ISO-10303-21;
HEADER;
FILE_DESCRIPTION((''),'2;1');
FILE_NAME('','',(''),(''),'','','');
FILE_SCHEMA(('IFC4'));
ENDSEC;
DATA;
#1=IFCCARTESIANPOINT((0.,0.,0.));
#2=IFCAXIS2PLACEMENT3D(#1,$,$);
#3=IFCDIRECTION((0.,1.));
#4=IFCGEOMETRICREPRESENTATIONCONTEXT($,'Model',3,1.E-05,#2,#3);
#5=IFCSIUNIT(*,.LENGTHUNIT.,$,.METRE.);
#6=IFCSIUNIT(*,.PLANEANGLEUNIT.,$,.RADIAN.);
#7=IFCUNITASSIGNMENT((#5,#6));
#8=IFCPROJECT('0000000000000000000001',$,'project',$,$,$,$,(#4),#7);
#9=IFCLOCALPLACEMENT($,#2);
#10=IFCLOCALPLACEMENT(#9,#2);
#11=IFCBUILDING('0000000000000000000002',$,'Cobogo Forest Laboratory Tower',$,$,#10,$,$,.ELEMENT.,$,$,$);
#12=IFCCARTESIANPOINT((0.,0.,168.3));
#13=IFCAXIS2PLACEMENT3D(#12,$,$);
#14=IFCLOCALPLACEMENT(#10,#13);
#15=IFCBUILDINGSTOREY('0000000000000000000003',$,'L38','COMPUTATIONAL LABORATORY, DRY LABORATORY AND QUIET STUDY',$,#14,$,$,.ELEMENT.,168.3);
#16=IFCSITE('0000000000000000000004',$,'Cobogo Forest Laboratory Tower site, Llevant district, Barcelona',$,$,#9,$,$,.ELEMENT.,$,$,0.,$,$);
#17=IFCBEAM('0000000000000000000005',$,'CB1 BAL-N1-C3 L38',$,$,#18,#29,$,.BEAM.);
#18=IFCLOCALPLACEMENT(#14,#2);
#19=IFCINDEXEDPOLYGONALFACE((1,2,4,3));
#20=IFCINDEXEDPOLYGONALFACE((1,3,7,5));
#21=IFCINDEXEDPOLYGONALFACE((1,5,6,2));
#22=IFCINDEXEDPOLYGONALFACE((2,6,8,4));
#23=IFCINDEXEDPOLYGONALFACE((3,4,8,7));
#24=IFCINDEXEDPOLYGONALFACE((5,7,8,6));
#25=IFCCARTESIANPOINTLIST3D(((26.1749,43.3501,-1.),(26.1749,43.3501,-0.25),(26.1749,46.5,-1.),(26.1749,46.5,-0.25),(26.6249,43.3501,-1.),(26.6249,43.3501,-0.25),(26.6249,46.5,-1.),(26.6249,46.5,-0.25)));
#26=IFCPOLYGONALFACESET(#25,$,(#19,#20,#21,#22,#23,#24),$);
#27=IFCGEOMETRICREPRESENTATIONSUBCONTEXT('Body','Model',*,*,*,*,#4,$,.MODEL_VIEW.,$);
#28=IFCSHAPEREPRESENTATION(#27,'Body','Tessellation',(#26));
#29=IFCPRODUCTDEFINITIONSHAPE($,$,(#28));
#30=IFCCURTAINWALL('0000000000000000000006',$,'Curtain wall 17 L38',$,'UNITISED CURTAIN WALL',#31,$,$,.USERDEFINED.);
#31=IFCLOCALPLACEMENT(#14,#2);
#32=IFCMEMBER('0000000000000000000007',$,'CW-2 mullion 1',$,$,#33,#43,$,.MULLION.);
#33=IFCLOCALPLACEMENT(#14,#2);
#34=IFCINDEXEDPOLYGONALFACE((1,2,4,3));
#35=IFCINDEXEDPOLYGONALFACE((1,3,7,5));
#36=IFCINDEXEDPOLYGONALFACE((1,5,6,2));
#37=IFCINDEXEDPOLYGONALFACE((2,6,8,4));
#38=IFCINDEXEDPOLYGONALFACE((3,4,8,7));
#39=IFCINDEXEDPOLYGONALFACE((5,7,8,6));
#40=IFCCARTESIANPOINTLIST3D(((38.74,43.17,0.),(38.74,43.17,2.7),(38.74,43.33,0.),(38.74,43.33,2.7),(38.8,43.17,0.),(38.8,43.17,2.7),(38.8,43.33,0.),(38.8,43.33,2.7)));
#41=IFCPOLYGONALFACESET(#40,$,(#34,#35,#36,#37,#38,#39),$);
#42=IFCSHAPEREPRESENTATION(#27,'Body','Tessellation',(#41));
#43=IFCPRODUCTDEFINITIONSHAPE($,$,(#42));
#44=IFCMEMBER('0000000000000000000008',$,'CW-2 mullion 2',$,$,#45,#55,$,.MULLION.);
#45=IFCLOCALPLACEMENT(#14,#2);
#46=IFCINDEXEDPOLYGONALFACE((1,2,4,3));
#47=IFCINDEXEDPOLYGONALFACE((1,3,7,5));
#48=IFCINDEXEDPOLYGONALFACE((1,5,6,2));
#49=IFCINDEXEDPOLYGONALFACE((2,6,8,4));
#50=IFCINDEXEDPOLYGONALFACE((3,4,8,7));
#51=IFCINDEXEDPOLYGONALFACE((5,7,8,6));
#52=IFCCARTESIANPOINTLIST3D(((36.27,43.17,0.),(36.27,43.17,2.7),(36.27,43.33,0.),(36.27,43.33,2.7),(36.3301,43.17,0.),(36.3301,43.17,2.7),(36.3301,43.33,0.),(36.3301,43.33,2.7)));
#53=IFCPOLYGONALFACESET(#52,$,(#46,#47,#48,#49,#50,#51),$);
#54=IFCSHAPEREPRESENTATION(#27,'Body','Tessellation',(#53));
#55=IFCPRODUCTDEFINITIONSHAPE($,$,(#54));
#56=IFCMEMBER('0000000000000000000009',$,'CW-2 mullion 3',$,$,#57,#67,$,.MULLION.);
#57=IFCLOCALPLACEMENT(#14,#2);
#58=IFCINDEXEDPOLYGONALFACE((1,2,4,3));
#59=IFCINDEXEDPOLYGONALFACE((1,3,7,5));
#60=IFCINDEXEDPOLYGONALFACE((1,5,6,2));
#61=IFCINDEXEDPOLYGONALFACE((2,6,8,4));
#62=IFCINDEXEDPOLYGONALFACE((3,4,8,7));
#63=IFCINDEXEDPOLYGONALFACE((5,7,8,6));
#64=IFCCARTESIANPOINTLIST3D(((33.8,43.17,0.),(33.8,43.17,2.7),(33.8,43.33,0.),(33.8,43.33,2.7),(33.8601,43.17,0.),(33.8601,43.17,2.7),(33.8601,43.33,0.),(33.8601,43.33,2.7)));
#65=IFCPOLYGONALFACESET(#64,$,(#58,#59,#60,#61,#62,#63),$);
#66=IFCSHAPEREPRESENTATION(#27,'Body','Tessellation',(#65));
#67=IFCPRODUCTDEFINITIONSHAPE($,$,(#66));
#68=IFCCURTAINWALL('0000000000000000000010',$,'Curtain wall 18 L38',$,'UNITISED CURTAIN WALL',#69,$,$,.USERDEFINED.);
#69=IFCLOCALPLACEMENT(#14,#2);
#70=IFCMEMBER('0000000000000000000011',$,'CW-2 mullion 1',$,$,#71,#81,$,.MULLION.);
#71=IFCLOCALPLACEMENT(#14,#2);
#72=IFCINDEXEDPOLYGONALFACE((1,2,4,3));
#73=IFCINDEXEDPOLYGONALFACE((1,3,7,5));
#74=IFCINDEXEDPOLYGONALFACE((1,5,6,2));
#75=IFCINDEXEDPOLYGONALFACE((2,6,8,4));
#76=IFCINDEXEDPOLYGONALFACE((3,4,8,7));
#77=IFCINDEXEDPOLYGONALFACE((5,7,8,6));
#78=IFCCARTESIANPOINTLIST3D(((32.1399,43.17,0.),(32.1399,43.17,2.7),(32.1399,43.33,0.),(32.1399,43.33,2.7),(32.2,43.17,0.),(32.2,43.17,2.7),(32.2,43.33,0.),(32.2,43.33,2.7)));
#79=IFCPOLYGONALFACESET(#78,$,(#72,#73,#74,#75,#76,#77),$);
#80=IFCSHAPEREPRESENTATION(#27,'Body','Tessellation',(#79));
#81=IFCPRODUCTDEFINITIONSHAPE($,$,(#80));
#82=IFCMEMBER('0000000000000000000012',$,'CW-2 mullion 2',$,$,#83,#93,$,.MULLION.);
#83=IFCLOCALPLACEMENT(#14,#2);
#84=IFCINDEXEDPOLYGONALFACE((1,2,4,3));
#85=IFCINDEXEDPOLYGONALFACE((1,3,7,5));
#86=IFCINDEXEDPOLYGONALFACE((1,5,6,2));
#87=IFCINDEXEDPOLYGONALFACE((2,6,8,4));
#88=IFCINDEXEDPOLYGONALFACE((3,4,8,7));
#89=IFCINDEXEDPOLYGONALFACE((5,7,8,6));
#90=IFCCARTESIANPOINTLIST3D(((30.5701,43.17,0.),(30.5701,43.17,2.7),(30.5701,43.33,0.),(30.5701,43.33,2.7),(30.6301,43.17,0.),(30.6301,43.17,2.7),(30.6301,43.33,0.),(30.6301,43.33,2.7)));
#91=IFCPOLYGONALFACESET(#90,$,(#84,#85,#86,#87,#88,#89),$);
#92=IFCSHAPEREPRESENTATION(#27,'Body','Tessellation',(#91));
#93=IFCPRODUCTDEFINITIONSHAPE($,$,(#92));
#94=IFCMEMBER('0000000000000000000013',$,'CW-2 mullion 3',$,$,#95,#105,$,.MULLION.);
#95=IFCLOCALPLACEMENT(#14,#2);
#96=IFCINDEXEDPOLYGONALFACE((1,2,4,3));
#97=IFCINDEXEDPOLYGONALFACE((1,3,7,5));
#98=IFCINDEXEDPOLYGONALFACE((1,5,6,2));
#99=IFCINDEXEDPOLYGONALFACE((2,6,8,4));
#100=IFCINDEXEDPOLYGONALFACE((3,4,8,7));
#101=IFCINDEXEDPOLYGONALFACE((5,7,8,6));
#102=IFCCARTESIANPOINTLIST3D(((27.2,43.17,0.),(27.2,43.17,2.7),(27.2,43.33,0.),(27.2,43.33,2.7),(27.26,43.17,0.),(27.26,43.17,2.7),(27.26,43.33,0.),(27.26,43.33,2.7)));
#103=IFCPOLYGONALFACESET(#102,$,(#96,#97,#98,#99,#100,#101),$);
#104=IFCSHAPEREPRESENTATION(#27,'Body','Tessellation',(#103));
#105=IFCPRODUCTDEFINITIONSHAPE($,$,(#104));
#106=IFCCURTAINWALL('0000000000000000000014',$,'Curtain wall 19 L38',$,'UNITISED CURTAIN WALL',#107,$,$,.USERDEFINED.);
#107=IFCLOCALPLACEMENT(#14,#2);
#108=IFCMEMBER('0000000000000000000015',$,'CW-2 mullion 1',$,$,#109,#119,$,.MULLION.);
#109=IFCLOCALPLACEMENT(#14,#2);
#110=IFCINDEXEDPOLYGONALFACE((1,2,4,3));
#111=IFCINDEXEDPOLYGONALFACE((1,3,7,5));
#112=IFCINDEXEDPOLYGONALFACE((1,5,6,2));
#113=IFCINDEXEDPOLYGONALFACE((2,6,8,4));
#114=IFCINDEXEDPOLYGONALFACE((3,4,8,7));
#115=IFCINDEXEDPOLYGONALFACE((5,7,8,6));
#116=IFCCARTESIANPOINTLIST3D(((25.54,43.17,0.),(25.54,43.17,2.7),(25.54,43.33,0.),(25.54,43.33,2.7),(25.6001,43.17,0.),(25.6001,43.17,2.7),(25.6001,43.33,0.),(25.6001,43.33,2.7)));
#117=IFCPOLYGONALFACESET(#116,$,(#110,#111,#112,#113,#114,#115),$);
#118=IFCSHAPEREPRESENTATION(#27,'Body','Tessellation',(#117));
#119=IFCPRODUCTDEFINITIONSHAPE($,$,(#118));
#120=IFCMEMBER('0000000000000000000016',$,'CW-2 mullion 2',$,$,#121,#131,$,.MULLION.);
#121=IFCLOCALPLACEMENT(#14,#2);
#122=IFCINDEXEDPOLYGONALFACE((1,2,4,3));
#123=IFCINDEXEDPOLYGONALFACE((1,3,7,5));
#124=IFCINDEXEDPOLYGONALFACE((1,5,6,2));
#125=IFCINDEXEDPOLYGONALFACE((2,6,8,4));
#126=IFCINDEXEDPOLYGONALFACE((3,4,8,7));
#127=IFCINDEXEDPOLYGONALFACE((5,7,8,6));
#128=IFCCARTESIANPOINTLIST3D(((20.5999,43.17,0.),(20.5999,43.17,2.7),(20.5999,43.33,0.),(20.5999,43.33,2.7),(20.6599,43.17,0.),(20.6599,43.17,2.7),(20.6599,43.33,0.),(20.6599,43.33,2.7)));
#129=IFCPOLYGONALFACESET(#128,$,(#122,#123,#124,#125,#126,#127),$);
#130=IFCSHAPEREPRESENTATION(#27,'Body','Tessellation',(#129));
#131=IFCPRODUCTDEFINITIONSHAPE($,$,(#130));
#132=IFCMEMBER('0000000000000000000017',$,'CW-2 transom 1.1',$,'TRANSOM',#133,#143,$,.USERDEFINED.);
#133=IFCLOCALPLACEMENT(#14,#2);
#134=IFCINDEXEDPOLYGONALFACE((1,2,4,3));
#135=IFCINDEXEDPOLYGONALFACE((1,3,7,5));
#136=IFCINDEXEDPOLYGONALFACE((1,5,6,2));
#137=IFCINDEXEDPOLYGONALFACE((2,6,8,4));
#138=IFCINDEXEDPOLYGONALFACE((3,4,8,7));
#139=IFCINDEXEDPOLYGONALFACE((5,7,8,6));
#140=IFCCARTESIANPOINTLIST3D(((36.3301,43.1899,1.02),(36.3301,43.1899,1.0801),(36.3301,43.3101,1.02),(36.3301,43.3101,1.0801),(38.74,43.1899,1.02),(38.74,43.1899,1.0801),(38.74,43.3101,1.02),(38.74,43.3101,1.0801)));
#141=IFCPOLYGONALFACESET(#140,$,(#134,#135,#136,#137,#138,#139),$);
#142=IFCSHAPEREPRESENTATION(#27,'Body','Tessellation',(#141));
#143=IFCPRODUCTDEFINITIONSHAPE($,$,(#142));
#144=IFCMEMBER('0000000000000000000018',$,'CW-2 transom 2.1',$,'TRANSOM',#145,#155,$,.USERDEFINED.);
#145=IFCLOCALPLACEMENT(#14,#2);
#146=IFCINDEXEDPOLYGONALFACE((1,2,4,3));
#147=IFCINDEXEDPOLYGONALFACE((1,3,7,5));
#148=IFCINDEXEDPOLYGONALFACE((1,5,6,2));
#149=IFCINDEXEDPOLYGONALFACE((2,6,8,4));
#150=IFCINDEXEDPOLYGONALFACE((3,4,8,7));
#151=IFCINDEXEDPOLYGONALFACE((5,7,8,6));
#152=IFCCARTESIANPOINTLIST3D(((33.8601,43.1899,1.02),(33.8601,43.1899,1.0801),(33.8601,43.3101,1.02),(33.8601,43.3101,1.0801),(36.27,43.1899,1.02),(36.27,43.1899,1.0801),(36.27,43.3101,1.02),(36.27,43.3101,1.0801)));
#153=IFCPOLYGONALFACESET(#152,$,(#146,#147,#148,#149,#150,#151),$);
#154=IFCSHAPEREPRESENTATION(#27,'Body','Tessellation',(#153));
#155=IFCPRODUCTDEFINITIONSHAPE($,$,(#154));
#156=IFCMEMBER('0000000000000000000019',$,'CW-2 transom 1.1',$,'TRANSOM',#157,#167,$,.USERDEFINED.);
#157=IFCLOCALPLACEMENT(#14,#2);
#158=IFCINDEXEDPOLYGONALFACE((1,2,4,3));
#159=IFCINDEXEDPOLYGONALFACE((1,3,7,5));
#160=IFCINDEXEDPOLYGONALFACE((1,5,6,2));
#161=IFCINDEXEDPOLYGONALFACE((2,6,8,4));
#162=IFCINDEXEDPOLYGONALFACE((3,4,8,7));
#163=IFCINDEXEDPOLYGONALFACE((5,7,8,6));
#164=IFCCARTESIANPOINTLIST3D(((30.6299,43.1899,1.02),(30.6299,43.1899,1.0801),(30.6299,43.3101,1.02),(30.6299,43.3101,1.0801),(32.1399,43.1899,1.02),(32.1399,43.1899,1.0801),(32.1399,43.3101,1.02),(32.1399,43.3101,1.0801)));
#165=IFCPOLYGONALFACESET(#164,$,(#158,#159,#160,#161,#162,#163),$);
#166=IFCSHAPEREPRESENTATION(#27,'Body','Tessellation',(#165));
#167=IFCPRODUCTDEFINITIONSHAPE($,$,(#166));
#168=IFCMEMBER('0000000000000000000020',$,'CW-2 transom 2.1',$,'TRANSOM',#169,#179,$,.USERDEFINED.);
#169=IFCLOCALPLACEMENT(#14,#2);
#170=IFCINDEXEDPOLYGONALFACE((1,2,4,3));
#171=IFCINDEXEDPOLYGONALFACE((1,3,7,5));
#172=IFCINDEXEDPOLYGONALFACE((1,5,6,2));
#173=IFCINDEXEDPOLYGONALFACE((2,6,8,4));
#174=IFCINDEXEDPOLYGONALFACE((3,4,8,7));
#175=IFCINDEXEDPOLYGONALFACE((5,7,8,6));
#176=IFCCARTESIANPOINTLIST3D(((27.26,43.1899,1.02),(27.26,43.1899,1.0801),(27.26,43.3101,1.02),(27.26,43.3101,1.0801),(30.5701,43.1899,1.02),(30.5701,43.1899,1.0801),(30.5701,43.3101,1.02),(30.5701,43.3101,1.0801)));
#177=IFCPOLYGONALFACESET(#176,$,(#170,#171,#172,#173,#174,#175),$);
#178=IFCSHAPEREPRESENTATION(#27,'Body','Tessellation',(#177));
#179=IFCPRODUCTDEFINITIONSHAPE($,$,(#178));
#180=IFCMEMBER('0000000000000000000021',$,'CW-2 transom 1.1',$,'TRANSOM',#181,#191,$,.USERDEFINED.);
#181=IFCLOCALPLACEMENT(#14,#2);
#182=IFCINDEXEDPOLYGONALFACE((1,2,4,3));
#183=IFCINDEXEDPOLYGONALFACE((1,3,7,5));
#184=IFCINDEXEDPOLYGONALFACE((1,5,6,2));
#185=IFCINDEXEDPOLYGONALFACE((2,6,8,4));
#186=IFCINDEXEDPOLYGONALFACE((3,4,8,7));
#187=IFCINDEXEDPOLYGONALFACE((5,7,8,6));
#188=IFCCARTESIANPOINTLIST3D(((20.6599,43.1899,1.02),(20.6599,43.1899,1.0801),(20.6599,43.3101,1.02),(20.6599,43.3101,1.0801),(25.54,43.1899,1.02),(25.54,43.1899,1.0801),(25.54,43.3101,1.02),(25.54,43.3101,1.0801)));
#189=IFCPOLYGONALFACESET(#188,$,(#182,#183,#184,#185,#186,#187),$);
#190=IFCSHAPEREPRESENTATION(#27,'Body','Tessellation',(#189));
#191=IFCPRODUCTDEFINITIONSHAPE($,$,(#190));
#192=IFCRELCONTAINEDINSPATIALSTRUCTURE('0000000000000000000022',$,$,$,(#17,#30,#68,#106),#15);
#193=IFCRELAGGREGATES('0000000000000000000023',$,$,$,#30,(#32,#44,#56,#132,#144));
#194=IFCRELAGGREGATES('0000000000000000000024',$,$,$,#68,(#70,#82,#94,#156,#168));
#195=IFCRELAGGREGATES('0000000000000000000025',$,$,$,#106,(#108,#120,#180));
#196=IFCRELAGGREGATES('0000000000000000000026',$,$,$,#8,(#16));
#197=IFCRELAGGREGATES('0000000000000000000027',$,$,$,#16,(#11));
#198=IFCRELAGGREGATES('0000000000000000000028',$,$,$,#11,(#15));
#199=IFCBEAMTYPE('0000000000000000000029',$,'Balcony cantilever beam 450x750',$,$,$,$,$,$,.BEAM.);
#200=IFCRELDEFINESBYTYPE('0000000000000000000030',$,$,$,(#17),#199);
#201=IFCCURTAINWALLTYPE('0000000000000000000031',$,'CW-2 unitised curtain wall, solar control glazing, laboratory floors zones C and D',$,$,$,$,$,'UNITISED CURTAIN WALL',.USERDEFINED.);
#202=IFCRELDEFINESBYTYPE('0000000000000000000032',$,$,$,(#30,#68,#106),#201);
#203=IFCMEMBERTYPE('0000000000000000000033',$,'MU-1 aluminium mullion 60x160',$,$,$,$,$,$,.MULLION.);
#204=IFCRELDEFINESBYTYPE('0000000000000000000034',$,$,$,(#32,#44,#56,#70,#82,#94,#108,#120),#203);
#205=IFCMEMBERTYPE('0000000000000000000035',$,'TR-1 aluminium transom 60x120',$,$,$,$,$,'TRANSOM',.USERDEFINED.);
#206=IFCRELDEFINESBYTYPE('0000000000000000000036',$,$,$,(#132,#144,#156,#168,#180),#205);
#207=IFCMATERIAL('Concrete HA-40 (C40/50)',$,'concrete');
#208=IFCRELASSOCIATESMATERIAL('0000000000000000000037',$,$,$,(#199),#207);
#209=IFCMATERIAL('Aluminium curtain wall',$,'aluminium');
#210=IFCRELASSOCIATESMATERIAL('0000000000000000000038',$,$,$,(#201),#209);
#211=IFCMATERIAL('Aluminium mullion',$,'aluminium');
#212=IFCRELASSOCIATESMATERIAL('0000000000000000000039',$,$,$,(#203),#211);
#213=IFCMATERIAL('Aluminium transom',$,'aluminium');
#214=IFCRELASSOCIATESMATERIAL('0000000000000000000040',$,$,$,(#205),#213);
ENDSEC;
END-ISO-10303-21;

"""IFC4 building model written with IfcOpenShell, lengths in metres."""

from ifc_helpers import new_model, si_unit, direction, frame, origin, origin_2d, place, context, subcontext, project, spatial, rectangle, extrude, material, material_profile, profile_set, type_object, element, aggregate, save


model = new_model("IFC4")

# Units and contexts
model_context = context("Model", 3, precision=1e-05, world=origin(), true_north=direction((0.0, 1.0)))
body_context = subcontext(model_context, "Body", "Model", "MODEL_VIEW")
ifc_project = project(units=[si_unit("LENGTHUNIT", "METRE"), si_unit("PLANEANGLEUNIT", "RADIAN")], contexts=[model_context])

# Site, building, storey
site_placement = place(None, origin())
site = spatial("IfcSite", under=ifc_project, at=site_placement, Name="Cobogo Forest Laboratory Tower site, Llevant district, Barcelona", CompositionType="ELEMENT", RefElevation=0.0)
building_placement = place(site_placement, origin())
building = spatial("IfcBuilding", under=site, at=building_placement, Name="Cobogo Forest Laboratory Tower", CompositionType="ELEMENT")
storey_placement = place(building_placement, frame((0.0, 0.0, 168.3)))
storey = spatial("IfcBuildingStorey", under=building, at=storey_placement, Name="L38", Description="COMPUTATIONAL LABORATORY, DRY LABORATORY AND QUIET STUDY", CompositionType="ELEMENT", Elevation=168.3)

# Beam
ifc_material_1 = material(Name="Concrete HA-40 (C40/50)", Category="concrete")
ifc_material_profile_1 = material_profile(ifc_material_1, rectangle(XDim=0.45, YDim=0.75, at=origin_2d()), Name="RC 450x750")
ifc_profile_set_1 = profile_set([ifc_material_profile_1], Name="Concrete HA-40 (C40/50)")
beam_type = type_object("IfcBeamType", Name="Balcony cantilever beam 450x750", PredefinedType="BEAM", material=ifc_profile_set_1)
beam_placement = place(storey_placement, frame((26.3999, 43.3501, -0.625), z_axis=(0.0, 1.0, 0.0), x_axis=(-1.0, 0.0, 0.0)))
element("IfcBeam", 1, at=beam_placement, inside=storey, type_object=beam_type, Name="CB1 BAL-N1-C3 L38", PredefinedType="BEAM", context=body_context, shape_type="SweptSolid", body=[
    extrude(rectangle(XDim=0.45, YDim=0.75, at=origin_2d()), origin(), (0.0, 0.0, 1.0), 3.1499),
])

# Curtain walls, members
ifc_material_2 = material(Name="Aluminium curtain wall", Category="aluminium")
curtain_wall_type = type_object("IfcCurtainWallType", Name="CW-2 unitised curtain wall, solar control glazing, laboratory floors zones C and D", ElementType="UNITISED CURTAIN WALL", PredefinedType="USERDEFINED", material=ifc_material_2)
curtain_wall_1_placement = place(storey_placement, origin())
curtain_wall_1 = element("IfcCurtainWall", 2, at=curtain_wall_1_placement, inside=storey, type_object=curtain_wall_type, Name="Curtain wall 17 L38", ObjectType="UNITISED CURTAIN WALL", PredefinedType="USERDEFINED")
ifc_material_3 = material(Name="Aluminium mullion", Category="aluminium")
ifc_material_profile_2 = material_profile(ifc_material_3, rectangle(XDim=0.0601, YDim=0.1599, at=origin_2d()), Name="AL 60x160")
ifc_profile_set_2 = profile_set([ifc_material_profile_2], Name="Aluminium mullion")
member_type_1 = type_object("IfcMemberType", Name="MU-1 aluminium mullion 60x160", PredefinedType="MULLION", material=ifc_profile_set_2)
member_1_placement = place(storey_placement, frame((38.77, 43.25, 0.0), z_axis=(0.0, 0.0, 1.0), x_axis=(-1.0, 0.0, 0.0)))
member_1 = element("IfcMember", 3, at=member_1_placement, type_object=member_type_1, Name="CW-2 mullion 1", PredefinedType="MULLION", context=body_context, shape_type="SweptSolid", body=[
    extrude(rectangle(XDim=0.0601, YDim=0.1599, at=origin_2d()), origin(), (0.0, 0.0, 1.0), 2.7),
])
member_2_placement = place(storey_placement, frame((36.3, 43.25, 0.0), z_axis=(0.0, 0.0, 1.0), x_axis=(-1.0, 0.0, 0.0)))
member_2 = element("IfcMember", 4, at=member_2_placement, type_object=member_type_1, Name="CW-2 mullion 2", PredefinedType="MULLION", context=body_context, shape_type="SweptSolid", body=[
    extrude(rectangle(XDim=0.0601, YDim=0.1599, at=origin_2d()), origin(), (0.0, 0.0, 1.0), 2.7),
])
member_3_placement = place(storey_placement, frame((33.8301, 43.25, 0.0), z_axis=(0.0, 0.0, 1.0), x_axis=(-1.0, 0.0, 0.0)))
member_3 = element("IfcMember", 5, at=member_3_placement, type_object=member_type_1, Name="CW-2 mullion 3", PredefinedType="MULLION", context=body_context, shape_type="SweptSolid", body=[
    extrude(rectangle(XDim=0.0601, YDim=0.1599, at=origin_2d()), origin(), (0.0, 0.0, 1.0), 2.7),
])
curtain_wall_2_placement = place(storey_placement, origin())
curtain_wall_2 = element("IfcCurtainWall", 6, at=curtain_wall_2_placement, inside=storey, type_object=curtain_wall_type, Name="Curtain wall 18 L38", ObjectType="UNITISED CURTAIN WALL", PredefinedType="USERDEFINED")
member_4_placement = place(storey_placement, frame((32.1699, 43.25, 0.0), z_axis=(0.0, 0.0, 1.0), x_axis=(-1.0, 0.0, 0.0)))
member_4 = element("IfcMember", 7, at=member_4_placement, type_object=member_type_1, Name="CW-2 mullion 1", PredefinedType="MULLION", context=body_context, shape_type="SweptSolid", body=[
    extrude(rectangle(XDim=0.0601, YDim=0.1599, at=origin_2d()), origin(), (0.0, 0.0, 1.0), 2.7),
])
member_5_placement = place(storey_placement, frame((30.6001, 43.25, 0.0), z_axis=(0.0, 0.0, 1.0), x_axis=(-1.0, 0.0, 0.0)))
member_5 = element("IfcMember", 8, at=member_5_placement, type_object=member_type_1, Name="CW-2 mullion 2", PredefinedType="MULLION", context=body_context, shape_type="SweptSolid", body=[
    extrude(rectangle(XDim=0.0601, YDim=0.1599, at=origin_2d()), origin(), (0.0, 0.0, 1.0), 2.7),
])
member_6_placement = place(storey_placement, frame((27.23, 43.25, 0.0), z_axis=(0.0, 0.0, 1.0), x_axis=(-1.0, 0.0, 0.0)))
member_6 = element("IfcMember", 9, at=member_6_placement, type_object=member_type_1, Name="CW-2 mullion 3", PredefinedType="MULLION", context=body_context, shape_type="SweptSolid", body=[
    extrude(rectangle(XDim=0.0601, YDim=0.1599, at=origin_2d()), origin(), (0.0, 0.0, 1.0), 2.7),
])
curtain_wall_3_placement = place(storey_placement, origin())
curtain_wall_3 = element("IfcCurtainWall", 10, at=curtain_wall_3_placement, inside=storey, type_object=curtain_wall_type, Name="Curtain wall 19 L38", ObjectType="UNITISED CURTAIN WALL", PredefinedType="USERDEFINED")
member_7_placement = place(storey_placement, frame((25.5701, 43.25, 0.0), z_axis=(0.0, 0.0, 1.0), x_axis=(-1.0, 0.0, 0.0)))
member_7 = element("IfcMember", 11, at=member_7_placement, type_object=member_type_1, Name="CW-2 mullion 1", PredefinedType="MULLION", context=body_context, shape_type="SweptSolid", body=[
    extrude(rectangle(XDim=0.0601, YDim=0.1599, at=origin_2d()), origin(), (0.0, 0.0, 1.0), 2.7),
])
member_8_placement = place(storey_placement, frame((20.6299, 43.25, 0.0), z_axis=(0.0, 0.0, 1.0), x_axis=(-1.0, 0.0, 0.0)))
member_8 = element("IfcMember", 12, at=member_8_placement, type_object=member_type_1, Name="CW-2 mullion 2", PredefinedType="MULLION", context=body_context, shape_type="SweptSolid", body=[
    extrude(rectangle(XDim=0.0601, YDim=0.1599, at=origin_2d()), origin(), (0.0, 0.0, 1.0), 2.7),
])

# Members
ifc_material_4 = material(Name="Aluminium transom", Category="aluminium")
ifc_material_profile_3 = material_profile(ifc_material_4, rectangle(XDim=0.1201, YDim=0.0601, at=origin_2d()), Name="AL 60x120")
ifc_profile_set_3 = profile_set([ifc_material_profile_3], Name="Aluminium transom")
member_type_2 = type_object("IfcMemberType", Name="TR-1 aluminium transom 60x120", ElementType="TRANSOM", PredefinedType="USERDEFINED", material=ifc_profile_set_3)
member_9_placement = place(storey_placement, frame((38.74, 43.25, 1.05), z_axis=(-1.0, 0.0, 0.0), x_axis=(0.0, -1.0, 0.0)))
member_9 = element("IfcMember", 13, at=member_9_placement, type_object=member_type_2, Name="CW-2 transom 1.1", ObjectType="TRANSOM", PredefinedType="USERDEFINED", context=body_context, shape_type="SweptSolid", body=[
    extrude(rectangle(XDim=0.1201, YDim=0.0601, at=origin_2d()), origin(), (0.0, 0.0, 1.0), 2.4099),
])
member_10_placement = place(storey_placement, frame((36.27, 43.25, 1.05), z_axis=(-1.0, 0.0, 0.0), x_axis=(0.0, -1.0, 0.0)))
member_10 = element("IfcMember", 14, at=member_10_placement, type_object=member_type_2, Name="CW-2 transom 2.1", ObjectType="TRANSOM", PredefinedType="USERDEFINED", context=body_context, shape_type="SweptSolid", body=[
    extrude(rectangle(XDim=0.1201, YDim=0.0601, at=origin_2d()), origin(), (0.0, 0.0, 1.0), 2.4099),
])
member_11_placement = place(storey_placement, frame((32.1399, 43.25, 1.05), z_axis=(-1.0, 0.0, 0.0), x_axis=(0.0, -1.0, 0.0)))
member_11 = element("IfcMember", 15, at=member_11_placement, type_object=member_type_2, Name="CW-2 transom 1.1", ObjectType="TRANSOM", PredefinedType="USERDEFINED", context=body_context, shape_type="SweptSolid", body=[
    extrude(rectangle(XDim=0.1201, YDim=0.0601, at=origin_2d()), origin(), (0.0, 0.0, 1.0), 1.51),
])
member_12_placement = place(storey_placement, frame((30.5701, 43.25, 1.05), z_axis=(-1.0, 0.0, 0.0), x_axis=(0.0, -1.0, 0.0)))
member_12 = element("IfcMember", 16, at=member_12_placement, type_object=member_type_2, Name="CW-2 transom 2.1", ObjectType="TRANSOM", PredefinedType="USERDEFINED", context=body_context, shape_type="SweptSolid", body=[
    extrude(rectangle(XDim=0.1201, YDim=0.0601, at=origin_2d()), origin(), (0.0, 0.0, 1.0), 3.3101),
])
member_13_placement = place(storey_placement, frame((25.54, 43.25, 1.05), z_axis=(-1.0, 0.0, 0.0), x_axis=(0.0, -1.0, 0.0)))
member_13 = element("IfcMember", 17, at=member_13_placement, type_object=member_type_2, Name="CW-2 transom 1.1", ObjectType="TRANSOM", PredefinedType="USERDEFINED", context=body_context, shape_type="SweptSolid", body=[
    extrude(rectangle(XDim=0.1201, YDim=0.0601, at=origin_2d()), origin(), (0.0, 0.0, 1.0), 4.8801),
])

aggregate(curtain_wall_1, [member_1, member_2, member_3, member_9, member_10])
aggregate(curtain_wall_2, [member_4, member_5, member_6, member_11, member_12])
aggregate(curtain_wall_3, [member_7, member_8, member_13])

save(model, "model.ifc")
